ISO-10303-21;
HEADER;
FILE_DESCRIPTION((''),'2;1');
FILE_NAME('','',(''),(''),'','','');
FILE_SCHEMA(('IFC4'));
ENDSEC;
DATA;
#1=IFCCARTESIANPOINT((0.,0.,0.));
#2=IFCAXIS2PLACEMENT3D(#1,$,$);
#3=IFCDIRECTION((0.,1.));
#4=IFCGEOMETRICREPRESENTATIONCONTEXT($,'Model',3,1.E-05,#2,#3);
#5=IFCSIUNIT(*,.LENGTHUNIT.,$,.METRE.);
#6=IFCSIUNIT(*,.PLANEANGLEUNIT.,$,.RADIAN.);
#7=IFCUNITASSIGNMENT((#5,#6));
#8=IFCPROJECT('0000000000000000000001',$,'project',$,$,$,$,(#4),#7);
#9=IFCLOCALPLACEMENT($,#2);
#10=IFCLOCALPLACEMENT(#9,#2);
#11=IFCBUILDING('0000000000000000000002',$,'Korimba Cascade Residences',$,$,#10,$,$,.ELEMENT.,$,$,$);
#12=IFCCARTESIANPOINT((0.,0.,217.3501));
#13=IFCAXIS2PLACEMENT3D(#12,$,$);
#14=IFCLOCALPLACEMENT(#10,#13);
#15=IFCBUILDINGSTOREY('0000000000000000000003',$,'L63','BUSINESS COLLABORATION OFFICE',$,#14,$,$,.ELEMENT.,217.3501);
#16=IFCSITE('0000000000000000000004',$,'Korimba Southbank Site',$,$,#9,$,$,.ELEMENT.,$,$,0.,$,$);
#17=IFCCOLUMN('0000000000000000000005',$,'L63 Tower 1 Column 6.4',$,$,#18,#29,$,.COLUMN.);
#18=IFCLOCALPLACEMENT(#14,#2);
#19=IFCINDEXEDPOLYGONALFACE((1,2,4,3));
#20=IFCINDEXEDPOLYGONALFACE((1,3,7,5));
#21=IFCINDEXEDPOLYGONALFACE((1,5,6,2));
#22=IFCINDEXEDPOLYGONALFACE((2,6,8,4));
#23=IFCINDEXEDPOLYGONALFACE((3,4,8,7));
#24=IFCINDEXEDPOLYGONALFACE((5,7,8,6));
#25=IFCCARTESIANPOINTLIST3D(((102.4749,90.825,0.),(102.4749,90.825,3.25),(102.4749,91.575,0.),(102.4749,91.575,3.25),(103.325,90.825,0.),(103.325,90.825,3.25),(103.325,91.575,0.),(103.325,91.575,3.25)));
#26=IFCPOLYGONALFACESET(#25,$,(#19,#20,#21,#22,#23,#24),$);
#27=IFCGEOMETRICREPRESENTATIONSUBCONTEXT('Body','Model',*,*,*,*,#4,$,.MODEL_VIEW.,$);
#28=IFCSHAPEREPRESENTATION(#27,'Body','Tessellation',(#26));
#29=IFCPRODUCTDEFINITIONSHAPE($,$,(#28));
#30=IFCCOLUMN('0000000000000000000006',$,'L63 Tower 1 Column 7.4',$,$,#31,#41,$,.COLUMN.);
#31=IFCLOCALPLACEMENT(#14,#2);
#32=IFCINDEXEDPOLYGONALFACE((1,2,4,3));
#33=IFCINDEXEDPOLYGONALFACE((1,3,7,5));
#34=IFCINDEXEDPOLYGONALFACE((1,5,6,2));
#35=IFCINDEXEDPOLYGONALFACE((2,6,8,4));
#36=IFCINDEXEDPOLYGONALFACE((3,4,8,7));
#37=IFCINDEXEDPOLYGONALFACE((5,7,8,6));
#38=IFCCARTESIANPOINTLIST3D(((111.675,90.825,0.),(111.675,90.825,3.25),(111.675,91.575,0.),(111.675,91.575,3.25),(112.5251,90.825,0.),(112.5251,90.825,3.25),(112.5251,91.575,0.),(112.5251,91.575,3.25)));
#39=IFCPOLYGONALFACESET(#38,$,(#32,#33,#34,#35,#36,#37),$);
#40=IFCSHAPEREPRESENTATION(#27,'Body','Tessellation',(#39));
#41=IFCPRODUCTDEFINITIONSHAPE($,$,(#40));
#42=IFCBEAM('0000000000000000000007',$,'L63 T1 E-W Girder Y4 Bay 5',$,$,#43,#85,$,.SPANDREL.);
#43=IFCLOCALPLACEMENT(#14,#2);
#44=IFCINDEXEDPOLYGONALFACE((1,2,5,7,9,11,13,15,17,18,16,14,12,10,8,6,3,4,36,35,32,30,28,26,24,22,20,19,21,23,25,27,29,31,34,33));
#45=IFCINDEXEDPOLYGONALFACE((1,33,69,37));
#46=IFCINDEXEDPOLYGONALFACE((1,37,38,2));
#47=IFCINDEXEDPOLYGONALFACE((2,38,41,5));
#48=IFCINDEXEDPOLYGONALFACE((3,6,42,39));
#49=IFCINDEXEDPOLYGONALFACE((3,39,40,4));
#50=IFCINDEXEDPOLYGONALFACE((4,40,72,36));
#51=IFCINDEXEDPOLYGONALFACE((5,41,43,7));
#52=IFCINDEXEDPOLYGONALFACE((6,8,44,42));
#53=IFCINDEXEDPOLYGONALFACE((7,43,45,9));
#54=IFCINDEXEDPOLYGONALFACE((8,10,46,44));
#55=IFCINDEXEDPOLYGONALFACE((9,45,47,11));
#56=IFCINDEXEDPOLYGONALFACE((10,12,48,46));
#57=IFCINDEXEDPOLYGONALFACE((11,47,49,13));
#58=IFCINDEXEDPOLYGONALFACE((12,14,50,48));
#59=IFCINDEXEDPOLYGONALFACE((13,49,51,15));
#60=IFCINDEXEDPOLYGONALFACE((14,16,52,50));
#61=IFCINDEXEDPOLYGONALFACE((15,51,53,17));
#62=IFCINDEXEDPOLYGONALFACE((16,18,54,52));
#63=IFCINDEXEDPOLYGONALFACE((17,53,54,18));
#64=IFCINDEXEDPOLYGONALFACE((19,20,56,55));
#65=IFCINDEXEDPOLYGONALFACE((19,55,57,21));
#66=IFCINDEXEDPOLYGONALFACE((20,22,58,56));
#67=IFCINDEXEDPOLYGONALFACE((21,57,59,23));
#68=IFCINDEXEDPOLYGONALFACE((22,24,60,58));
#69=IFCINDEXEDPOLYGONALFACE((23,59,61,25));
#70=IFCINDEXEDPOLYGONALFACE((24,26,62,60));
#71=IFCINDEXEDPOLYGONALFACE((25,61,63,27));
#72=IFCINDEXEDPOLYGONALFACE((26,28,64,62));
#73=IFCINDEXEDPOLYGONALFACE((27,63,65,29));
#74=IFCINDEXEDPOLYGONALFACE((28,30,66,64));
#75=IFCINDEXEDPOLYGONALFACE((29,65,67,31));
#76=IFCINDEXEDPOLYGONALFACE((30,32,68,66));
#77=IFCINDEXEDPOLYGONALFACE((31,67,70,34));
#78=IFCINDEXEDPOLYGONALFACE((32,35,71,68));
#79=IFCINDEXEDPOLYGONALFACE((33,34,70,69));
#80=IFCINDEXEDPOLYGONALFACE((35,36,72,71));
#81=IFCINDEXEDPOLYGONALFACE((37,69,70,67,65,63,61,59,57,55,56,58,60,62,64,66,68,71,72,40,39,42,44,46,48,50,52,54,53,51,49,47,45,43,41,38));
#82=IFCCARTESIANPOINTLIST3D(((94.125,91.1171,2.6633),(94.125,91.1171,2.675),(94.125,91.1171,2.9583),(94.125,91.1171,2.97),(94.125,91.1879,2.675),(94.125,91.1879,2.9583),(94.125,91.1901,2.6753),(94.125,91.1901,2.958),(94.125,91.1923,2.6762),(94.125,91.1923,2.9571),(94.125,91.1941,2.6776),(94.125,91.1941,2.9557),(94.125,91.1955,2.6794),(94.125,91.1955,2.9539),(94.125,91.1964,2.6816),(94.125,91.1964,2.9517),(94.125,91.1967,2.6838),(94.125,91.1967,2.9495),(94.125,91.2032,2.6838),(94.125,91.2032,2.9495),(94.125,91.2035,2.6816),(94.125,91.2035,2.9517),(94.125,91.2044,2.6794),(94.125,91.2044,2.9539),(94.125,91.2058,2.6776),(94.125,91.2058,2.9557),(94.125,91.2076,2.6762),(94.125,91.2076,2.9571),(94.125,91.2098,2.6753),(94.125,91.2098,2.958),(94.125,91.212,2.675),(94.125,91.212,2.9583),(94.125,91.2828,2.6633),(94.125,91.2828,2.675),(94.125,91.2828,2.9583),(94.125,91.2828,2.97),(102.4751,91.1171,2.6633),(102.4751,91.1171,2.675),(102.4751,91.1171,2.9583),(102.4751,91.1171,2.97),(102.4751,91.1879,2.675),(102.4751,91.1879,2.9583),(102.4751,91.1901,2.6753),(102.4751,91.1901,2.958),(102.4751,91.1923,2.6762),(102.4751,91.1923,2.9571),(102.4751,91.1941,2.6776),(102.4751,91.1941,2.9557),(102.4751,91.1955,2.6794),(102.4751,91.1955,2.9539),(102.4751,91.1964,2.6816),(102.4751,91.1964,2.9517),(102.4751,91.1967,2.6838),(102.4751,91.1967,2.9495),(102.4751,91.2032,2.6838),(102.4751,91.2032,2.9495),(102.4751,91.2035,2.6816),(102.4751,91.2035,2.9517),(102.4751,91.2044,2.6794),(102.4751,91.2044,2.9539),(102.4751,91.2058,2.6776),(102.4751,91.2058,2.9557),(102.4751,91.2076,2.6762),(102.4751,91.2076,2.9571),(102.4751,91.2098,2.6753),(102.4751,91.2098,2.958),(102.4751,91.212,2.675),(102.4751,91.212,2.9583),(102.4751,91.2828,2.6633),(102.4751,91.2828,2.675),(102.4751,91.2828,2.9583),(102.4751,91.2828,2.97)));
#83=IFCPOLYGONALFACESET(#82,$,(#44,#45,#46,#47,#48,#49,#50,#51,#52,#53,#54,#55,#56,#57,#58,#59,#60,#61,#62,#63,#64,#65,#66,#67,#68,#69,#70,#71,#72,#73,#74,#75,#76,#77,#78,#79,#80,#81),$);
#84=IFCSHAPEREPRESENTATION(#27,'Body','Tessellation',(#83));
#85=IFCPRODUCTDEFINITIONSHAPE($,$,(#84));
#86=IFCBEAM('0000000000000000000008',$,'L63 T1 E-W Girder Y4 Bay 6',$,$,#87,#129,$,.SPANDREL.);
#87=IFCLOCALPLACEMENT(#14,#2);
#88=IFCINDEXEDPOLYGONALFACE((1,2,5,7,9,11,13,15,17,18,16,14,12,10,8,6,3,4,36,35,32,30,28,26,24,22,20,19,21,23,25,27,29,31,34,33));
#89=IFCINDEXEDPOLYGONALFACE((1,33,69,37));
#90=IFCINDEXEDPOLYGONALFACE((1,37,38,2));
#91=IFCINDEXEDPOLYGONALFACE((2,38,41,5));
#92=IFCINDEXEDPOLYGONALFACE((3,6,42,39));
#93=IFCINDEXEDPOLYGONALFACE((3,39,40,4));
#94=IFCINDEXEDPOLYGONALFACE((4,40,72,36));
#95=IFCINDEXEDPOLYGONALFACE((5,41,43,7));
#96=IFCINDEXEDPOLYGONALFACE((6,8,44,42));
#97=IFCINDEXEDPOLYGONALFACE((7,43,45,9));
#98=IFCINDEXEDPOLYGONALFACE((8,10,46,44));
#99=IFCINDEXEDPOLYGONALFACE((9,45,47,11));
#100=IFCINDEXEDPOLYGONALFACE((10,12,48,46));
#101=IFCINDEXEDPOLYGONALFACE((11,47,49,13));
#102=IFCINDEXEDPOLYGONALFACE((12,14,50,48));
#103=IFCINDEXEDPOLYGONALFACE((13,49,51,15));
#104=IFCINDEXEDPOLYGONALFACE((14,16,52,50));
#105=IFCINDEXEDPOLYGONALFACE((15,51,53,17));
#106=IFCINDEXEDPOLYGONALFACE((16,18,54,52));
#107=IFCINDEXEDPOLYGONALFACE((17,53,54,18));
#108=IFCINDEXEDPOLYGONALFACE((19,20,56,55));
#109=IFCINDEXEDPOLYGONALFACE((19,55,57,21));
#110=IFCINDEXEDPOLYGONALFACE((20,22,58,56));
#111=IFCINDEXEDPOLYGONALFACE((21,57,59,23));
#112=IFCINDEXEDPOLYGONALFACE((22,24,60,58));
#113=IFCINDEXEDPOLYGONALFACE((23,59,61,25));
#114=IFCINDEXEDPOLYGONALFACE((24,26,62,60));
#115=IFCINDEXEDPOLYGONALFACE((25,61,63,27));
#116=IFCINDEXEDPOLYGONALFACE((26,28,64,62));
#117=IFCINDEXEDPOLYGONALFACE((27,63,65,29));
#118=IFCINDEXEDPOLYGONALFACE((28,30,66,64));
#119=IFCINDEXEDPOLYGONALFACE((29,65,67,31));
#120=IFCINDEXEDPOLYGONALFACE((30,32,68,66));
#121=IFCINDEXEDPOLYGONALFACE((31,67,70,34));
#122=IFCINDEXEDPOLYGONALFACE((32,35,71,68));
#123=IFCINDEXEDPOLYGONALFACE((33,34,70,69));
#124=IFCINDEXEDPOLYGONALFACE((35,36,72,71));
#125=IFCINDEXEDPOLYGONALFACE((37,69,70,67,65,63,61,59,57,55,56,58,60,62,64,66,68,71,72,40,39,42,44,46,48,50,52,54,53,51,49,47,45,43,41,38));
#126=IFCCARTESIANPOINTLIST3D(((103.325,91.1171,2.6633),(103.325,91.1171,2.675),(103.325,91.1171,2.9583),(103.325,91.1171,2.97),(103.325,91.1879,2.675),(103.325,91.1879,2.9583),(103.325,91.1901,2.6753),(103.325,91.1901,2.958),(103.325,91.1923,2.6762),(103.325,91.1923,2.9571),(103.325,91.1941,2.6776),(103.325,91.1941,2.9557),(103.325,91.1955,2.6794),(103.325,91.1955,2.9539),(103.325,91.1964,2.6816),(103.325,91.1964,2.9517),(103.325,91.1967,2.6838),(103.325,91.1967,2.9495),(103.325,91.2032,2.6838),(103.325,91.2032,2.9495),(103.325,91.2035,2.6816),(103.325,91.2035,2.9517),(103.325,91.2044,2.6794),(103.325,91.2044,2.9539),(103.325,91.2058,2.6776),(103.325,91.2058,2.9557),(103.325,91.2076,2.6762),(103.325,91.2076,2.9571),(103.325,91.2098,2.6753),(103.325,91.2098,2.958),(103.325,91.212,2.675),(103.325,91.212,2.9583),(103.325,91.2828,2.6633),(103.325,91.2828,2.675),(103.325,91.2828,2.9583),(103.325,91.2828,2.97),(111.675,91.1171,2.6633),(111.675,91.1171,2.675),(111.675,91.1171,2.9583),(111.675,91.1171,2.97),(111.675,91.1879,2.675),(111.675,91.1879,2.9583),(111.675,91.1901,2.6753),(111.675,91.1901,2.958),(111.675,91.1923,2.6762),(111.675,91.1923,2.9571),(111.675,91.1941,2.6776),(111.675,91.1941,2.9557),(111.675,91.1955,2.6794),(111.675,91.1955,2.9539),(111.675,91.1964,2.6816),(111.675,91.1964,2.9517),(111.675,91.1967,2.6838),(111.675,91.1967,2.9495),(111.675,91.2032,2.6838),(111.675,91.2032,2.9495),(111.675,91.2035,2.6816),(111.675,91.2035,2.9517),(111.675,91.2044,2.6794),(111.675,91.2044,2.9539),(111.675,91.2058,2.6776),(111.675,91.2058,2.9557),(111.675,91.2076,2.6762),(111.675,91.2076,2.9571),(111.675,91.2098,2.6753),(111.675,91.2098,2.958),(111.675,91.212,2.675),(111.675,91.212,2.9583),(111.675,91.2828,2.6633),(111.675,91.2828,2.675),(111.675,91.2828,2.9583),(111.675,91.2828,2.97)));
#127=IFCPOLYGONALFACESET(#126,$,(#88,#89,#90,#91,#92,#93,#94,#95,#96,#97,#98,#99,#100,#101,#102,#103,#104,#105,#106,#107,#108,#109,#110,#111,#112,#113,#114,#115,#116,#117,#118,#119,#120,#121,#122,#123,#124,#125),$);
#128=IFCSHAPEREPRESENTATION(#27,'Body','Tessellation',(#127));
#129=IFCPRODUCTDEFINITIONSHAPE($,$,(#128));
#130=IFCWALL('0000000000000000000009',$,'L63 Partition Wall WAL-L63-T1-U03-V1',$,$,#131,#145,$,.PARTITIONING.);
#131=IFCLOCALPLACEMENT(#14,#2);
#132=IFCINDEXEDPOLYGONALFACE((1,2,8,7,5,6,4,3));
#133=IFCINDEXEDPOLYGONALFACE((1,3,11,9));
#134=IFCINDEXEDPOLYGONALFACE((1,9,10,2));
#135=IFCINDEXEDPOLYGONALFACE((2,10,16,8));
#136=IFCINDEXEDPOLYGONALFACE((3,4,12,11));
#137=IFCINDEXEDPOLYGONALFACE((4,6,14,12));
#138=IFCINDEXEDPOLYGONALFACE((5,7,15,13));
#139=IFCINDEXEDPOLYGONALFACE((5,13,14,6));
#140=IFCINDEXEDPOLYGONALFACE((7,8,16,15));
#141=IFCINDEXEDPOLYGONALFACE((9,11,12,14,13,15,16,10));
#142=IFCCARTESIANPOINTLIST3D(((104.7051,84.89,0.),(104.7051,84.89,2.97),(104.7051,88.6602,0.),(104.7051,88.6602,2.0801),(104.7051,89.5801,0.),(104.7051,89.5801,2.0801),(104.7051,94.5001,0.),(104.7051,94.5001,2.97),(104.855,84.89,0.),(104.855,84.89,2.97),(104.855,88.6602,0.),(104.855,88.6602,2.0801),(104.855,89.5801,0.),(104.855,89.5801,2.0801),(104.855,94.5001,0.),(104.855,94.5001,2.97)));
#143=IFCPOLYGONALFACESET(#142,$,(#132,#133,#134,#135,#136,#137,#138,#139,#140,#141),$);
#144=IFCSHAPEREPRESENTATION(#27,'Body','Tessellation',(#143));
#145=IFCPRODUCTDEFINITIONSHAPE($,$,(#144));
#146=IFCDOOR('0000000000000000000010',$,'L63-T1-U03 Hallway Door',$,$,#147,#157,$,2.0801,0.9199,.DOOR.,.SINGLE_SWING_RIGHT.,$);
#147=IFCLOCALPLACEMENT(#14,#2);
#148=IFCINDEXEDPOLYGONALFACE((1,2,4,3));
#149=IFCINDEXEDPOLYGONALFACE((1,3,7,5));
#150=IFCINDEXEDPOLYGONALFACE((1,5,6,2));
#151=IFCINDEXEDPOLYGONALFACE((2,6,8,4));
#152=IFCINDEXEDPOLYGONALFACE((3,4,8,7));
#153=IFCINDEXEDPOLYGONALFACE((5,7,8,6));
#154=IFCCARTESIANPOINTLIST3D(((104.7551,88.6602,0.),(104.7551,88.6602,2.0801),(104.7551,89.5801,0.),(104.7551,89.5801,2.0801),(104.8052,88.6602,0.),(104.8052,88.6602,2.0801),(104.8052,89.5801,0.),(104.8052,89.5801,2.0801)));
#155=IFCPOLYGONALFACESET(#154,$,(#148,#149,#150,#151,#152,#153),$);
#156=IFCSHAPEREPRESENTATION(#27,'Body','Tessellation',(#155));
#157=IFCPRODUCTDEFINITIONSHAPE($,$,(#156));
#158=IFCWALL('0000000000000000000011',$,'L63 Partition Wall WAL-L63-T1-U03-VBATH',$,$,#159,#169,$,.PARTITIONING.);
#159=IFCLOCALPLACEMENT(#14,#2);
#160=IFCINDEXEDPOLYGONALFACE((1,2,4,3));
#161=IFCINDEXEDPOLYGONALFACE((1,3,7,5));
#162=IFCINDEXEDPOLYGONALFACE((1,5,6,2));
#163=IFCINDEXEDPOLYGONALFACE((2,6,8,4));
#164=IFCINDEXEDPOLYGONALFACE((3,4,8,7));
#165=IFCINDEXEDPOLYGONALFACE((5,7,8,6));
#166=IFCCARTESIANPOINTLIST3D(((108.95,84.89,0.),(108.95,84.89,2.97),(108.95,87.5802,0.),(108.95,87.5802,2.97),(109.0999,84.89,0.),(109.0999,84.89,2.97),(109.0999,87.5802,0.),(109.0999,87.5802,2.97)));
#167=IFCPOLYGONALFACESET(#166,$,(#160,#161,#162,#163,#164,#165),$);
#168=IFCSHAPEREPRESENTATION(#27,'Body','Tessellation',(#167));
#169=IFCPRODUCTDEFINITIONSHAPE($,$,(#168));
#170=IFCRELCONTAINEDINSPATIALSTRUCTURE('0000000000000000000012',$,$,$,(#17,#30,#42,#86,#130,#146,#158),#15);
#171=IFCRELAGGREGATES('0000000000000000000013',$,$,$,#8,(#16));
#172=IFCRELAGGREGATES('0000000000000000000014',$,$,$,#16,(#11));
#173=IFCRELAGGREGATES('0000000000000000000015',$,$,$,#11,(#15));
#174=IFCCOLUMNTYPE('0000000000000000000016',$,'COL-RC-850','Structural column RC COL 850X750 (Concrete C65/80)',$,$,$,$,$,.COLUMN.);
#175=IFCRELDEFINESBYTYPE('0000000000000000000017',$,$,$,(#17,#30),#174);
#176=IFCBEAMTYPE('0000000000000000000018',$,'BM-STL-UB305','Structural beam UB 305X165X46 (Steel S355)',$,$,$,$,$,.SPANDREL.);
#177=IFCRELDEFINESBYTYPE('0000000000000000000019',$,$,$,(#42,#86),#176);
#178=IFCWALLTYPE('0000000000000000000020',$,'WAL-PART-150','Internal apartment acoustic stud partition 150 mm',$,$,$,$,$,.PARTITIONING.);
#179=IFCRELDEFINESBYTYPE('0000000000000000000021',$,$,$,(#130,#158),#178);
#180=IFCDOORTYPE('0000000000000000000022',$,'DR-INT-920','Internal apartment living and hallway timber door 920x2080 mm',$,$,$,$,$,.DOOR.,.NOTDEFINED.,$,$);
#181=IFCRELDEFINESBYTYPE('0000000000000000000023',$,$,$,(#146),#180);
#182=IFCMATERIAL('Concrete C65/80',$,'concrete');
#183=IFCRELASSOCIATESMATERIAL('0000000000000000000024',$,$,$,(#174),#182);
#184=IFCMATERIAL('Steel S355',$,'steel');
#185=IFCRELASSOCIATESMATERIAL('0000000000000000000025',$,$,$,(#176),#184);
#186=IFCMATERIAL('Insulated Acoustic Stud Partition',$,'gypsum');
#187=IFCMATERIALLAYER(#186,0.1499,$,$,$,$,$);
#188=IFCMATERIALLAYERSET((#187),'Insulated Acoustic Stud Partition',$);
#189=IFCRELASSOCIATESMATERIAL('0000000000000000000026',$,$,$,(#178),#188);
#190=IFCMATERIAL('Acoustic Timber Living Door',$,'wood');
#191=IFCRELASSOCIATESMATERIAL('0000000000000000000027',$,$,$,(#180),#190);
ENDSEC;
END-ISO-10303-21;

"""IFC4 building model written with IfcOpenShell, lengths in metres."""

from ifc_helpers import new_model, si_unit, direction, frame, frame_2d, origin, origin_2d, place, context, subcontext, project, spatial, rectangle, i_section, extrude, material, layer, layer_set, material_profile, profile_set, type_object, element, fill, save


model = new_model("IFC4")

# Units and contexts
model_context = context("Model", 3, precision=1e-05, world=origin(), true_north=direction((0.0, 1.0)))
body_context = subcontext(model_context, "Body", "Model", "MODEL_VIEW")
ifc_project = project(units=[si_unit("LENGTHUNIT", "METRE"), si_unit("PLANEANGLEUNIT", "RADIAN")], contexts=[model_context])

# Site, building, storey
site_placement = place(None, origin())
site = spatial("IfcSite", under=ifc_project, at=site_placement, Name="Korimba Southbank Site", CompositionType="ELEMENT", RefElevation=0.0)
building_placement = place(site_placement, origin())
building = spatial("IfcBuilding", under=site, at=building_placement, Name="Korimba Cascade Residences", CompositionType="ELEMENT")
storey_placement = place(building_placement, frame((0.0, 0.0, 217.3501)))
storey = spatial("IfcBuildingStorey", under=building, at=storey_placement, Name="L63", Description="BUSINESS COLLABORATION OFFICE", CompositionType="ELEMENT", Elevation=217.3501)

# Columns
ifc_material_1 = material(Name="Concrete C65/80", Category="concrete")
ifc_material_profile_1 = material_profile(ifc_material_1, rectangle(XDim=0.8501, YDim=0.75, at=origin_2d()), Name="Concrete C65/80")
ifc_profile_set_1 = profile_set([ifc_material_profile_1], Name="Concrete C65/80")
column_type = type_object("IfcColumnType", Name="COL-RC-850", Description="Structural column RC COL 850X750 (Concrete C65/80)", PredefinedType="COLUMN", material=ifc_profile_set_1)
for number, where, z_axis, x_axis, name in (
    (1, (102.8999, 91.2, 0.0), (0.0, 0.0, 1.0), (1.0, 0.0, 0.0), "L63 Tower 1 Column 6.4"),
    (2, (112.1001, 91.2, 0.0), (0.0, 0.0, 1.0), (1.0, 0.0, 0.0), "L63 Tower 1 Column 7.4"),
):
    element("IfcColumn", number, at=place(storey_placement, frame(where, z_axis=z_axis, x_axis=x_axis)), inside=storey, type_object=column_type, Name=name, PredefinedType="COLUMN", context=body_context, shape_type="SweptSolid", body=[
        extrude(rectangle(XDim=0.8501, YDim=0.75, at=origin_2d()), origin(), (0.0, 0.0, 1.0), 3.25),
    ])

# Beams
ifc_material_2 = material(Name="Steel S355", Category="steel")
ifc_material_profile_2 = material_profile(ifc_material_2, i_section(OverallWidth=0.1658, OverallDepth=0.3066, WebThickness=0.0066, FlangeThickness=0.0117, FilletRadius=0.0088, at=origin_2d()), Name="Steel S355")
ifc_profile_set_2 = profile_set([ifc_material_profile_2], Name="Steel S355")
beam_type = type_object("IfcBeamType", Name="BM-STL-UB305", Description="Structural beam UB 305X165X46 (Steel S355)", PredefinedType="SPANDREL", material=ifc_profile_set_2)
for number, where, z_axis, x_axis, name in (
    (3, (94.125, 91.2, 2.8167), (1.0, 0.0, 0.0), (0.0, 1.0, 0.0), "L63 T1 E-W Girder Y4 Bay 5"),
    (4, (103.325, 91.2, 2.8167), (1.0, 0.0, 0.0), (0.0, 1.0, 0.0), "L63 T1 E-W Girder Y4 Bay 6"),
):
    element("IfcBeam", number, at=place(storey_placement, frame(where, z_axis=z_axis, x_axis=x_axis)), inside=storey, type_object=beam_type, Name=name, PredefinedType="SPANDREL", context=body_context, shape_type="SweptSolid", body=[
        extrude(i_section(OverallWidth=0.1658, OverallDepth=0.3066, WebThickness=0.0066, FlangeThickness=0.0117, FilletRadius=0.0088, at=origin_2d()), origin(), (0.0, 0.0, 1.0), 8.3501),
    ])

# Wall, opening, door
ifc_material_3 = material(Name="Insulated Acoustic Stud Partition", Category="gypsum")
ifc_layer = layer(ifc_material_3, 0.1499)
ifc_layer_set = layer_set([ifc_layer], Name="Insulated Acoustic Stud Partition")
wall_type = type_object("IfcWallType", Name="WAL-PART-150", Description="Internal apartment acoustic stud partition 150 mm", PredefinedType="PARTITIONING", material=ifc_layer_set)
wall_1_placement = place(storey_placement, frame((104.78, 84.8899, 0.0), z_axis=(0.0, 0.0, 1.0), x_axis=(0.0, 1.0, 0.0)))
wall_1 = element("IfcWall", 5, at=wall_1_placement, inside=storey, type_object=wall_type, Name="L63 Partition Wall WAL-L63-T1-U03-V1", PredefinedType="PARTITIONING", context=body_context, shape_type="SweptSolid", body=[
    extrude(rectangle(XDim=9.6101, YDim=0.1499, at=frame_2d((4.8052, 0.0))), origin(), (0.0, 0.0, 1.0), 2.97),
])
opening_1_placement = place(wall_1_placement, frame((3.7703, 0.0, 0.0)))
opening_1 = element("IfcOpeningElement", 6, at=opening_1_placement, cuts=wall_1, PredefinedType="OPENING", context=body_context, shape_type="SweptSolid", body=[
    extrude(rectangle(XDim=0.9199, YDim=2.0801, at=frame_2d((0.46, 1.04))), frame((0.0, 0.085, 0.0), z_axis=(0.0, -1.0, 0.0), x_axis=(1.0, 0.0, 0.0)), (0.0, 0.0, 1.0), 0.1699),
])
ifc_material_4 = material(Name="Acoustic Timber Living Door", Category="wood")
door_type_1 = type_object("IfcDoorType", Name="DR-INT-920", Description="Internal apartment living and hallway timber door 920x2080 mm", OperationType="NOTDEFINED", PredefinedType="DOOR", material=ifc_material_4)
door_1_placement = place(opening_1_placement, origin())
door_1 = element("IfcDoor", 7, at=door_1_placement, inside=storey, type_object=door_type_1, Name="L63-T1-U03 Hallway Door", OperationType="SINGLE_SWING_RIGHT", OverallHeight=2.0801, OverallWidth=0.9199, PredefinedType="DOOR", context=body_context, shape_type="SweptSolid", body=[
    extrude(rectangle(XDim=0.9199, YDim=2.0801, at=frame_2d((0.46, 1.04))), frame((0.0, 0.0249, 0.0), z_axis=(0.0, -1.0, 0.0), x_axis=(1.0, 0.0, 0.0)), (0.0, 0.0, 1.0), 0.05),
])
fill(opening_1, door_1)

# Wall
wall_2_placement = place(storey_placement, frame((109.0249, 84.8899, 0.0), z_axis=(0.0, 0.0, 1.0), x_axis=(0.0, 1.0, 0.0)))
element("IfcWall", 8, at=wall_2_placement, inside=storey, type_object=wall_type, Name="L63 Partition Wall WAL-L63-T1-U03-VBATH", PredefinedType="PARTITIONING", context=body_context, shape_type="SweptSolid", body=[
    extrude(rectangle(XDim=2.6902, YDim=0.1499, at=frame_2d((1.3452, 0.0))), origin(), (0.0, 0.0, 1.0), 2.97),
])

save(model, "model.ifc")
